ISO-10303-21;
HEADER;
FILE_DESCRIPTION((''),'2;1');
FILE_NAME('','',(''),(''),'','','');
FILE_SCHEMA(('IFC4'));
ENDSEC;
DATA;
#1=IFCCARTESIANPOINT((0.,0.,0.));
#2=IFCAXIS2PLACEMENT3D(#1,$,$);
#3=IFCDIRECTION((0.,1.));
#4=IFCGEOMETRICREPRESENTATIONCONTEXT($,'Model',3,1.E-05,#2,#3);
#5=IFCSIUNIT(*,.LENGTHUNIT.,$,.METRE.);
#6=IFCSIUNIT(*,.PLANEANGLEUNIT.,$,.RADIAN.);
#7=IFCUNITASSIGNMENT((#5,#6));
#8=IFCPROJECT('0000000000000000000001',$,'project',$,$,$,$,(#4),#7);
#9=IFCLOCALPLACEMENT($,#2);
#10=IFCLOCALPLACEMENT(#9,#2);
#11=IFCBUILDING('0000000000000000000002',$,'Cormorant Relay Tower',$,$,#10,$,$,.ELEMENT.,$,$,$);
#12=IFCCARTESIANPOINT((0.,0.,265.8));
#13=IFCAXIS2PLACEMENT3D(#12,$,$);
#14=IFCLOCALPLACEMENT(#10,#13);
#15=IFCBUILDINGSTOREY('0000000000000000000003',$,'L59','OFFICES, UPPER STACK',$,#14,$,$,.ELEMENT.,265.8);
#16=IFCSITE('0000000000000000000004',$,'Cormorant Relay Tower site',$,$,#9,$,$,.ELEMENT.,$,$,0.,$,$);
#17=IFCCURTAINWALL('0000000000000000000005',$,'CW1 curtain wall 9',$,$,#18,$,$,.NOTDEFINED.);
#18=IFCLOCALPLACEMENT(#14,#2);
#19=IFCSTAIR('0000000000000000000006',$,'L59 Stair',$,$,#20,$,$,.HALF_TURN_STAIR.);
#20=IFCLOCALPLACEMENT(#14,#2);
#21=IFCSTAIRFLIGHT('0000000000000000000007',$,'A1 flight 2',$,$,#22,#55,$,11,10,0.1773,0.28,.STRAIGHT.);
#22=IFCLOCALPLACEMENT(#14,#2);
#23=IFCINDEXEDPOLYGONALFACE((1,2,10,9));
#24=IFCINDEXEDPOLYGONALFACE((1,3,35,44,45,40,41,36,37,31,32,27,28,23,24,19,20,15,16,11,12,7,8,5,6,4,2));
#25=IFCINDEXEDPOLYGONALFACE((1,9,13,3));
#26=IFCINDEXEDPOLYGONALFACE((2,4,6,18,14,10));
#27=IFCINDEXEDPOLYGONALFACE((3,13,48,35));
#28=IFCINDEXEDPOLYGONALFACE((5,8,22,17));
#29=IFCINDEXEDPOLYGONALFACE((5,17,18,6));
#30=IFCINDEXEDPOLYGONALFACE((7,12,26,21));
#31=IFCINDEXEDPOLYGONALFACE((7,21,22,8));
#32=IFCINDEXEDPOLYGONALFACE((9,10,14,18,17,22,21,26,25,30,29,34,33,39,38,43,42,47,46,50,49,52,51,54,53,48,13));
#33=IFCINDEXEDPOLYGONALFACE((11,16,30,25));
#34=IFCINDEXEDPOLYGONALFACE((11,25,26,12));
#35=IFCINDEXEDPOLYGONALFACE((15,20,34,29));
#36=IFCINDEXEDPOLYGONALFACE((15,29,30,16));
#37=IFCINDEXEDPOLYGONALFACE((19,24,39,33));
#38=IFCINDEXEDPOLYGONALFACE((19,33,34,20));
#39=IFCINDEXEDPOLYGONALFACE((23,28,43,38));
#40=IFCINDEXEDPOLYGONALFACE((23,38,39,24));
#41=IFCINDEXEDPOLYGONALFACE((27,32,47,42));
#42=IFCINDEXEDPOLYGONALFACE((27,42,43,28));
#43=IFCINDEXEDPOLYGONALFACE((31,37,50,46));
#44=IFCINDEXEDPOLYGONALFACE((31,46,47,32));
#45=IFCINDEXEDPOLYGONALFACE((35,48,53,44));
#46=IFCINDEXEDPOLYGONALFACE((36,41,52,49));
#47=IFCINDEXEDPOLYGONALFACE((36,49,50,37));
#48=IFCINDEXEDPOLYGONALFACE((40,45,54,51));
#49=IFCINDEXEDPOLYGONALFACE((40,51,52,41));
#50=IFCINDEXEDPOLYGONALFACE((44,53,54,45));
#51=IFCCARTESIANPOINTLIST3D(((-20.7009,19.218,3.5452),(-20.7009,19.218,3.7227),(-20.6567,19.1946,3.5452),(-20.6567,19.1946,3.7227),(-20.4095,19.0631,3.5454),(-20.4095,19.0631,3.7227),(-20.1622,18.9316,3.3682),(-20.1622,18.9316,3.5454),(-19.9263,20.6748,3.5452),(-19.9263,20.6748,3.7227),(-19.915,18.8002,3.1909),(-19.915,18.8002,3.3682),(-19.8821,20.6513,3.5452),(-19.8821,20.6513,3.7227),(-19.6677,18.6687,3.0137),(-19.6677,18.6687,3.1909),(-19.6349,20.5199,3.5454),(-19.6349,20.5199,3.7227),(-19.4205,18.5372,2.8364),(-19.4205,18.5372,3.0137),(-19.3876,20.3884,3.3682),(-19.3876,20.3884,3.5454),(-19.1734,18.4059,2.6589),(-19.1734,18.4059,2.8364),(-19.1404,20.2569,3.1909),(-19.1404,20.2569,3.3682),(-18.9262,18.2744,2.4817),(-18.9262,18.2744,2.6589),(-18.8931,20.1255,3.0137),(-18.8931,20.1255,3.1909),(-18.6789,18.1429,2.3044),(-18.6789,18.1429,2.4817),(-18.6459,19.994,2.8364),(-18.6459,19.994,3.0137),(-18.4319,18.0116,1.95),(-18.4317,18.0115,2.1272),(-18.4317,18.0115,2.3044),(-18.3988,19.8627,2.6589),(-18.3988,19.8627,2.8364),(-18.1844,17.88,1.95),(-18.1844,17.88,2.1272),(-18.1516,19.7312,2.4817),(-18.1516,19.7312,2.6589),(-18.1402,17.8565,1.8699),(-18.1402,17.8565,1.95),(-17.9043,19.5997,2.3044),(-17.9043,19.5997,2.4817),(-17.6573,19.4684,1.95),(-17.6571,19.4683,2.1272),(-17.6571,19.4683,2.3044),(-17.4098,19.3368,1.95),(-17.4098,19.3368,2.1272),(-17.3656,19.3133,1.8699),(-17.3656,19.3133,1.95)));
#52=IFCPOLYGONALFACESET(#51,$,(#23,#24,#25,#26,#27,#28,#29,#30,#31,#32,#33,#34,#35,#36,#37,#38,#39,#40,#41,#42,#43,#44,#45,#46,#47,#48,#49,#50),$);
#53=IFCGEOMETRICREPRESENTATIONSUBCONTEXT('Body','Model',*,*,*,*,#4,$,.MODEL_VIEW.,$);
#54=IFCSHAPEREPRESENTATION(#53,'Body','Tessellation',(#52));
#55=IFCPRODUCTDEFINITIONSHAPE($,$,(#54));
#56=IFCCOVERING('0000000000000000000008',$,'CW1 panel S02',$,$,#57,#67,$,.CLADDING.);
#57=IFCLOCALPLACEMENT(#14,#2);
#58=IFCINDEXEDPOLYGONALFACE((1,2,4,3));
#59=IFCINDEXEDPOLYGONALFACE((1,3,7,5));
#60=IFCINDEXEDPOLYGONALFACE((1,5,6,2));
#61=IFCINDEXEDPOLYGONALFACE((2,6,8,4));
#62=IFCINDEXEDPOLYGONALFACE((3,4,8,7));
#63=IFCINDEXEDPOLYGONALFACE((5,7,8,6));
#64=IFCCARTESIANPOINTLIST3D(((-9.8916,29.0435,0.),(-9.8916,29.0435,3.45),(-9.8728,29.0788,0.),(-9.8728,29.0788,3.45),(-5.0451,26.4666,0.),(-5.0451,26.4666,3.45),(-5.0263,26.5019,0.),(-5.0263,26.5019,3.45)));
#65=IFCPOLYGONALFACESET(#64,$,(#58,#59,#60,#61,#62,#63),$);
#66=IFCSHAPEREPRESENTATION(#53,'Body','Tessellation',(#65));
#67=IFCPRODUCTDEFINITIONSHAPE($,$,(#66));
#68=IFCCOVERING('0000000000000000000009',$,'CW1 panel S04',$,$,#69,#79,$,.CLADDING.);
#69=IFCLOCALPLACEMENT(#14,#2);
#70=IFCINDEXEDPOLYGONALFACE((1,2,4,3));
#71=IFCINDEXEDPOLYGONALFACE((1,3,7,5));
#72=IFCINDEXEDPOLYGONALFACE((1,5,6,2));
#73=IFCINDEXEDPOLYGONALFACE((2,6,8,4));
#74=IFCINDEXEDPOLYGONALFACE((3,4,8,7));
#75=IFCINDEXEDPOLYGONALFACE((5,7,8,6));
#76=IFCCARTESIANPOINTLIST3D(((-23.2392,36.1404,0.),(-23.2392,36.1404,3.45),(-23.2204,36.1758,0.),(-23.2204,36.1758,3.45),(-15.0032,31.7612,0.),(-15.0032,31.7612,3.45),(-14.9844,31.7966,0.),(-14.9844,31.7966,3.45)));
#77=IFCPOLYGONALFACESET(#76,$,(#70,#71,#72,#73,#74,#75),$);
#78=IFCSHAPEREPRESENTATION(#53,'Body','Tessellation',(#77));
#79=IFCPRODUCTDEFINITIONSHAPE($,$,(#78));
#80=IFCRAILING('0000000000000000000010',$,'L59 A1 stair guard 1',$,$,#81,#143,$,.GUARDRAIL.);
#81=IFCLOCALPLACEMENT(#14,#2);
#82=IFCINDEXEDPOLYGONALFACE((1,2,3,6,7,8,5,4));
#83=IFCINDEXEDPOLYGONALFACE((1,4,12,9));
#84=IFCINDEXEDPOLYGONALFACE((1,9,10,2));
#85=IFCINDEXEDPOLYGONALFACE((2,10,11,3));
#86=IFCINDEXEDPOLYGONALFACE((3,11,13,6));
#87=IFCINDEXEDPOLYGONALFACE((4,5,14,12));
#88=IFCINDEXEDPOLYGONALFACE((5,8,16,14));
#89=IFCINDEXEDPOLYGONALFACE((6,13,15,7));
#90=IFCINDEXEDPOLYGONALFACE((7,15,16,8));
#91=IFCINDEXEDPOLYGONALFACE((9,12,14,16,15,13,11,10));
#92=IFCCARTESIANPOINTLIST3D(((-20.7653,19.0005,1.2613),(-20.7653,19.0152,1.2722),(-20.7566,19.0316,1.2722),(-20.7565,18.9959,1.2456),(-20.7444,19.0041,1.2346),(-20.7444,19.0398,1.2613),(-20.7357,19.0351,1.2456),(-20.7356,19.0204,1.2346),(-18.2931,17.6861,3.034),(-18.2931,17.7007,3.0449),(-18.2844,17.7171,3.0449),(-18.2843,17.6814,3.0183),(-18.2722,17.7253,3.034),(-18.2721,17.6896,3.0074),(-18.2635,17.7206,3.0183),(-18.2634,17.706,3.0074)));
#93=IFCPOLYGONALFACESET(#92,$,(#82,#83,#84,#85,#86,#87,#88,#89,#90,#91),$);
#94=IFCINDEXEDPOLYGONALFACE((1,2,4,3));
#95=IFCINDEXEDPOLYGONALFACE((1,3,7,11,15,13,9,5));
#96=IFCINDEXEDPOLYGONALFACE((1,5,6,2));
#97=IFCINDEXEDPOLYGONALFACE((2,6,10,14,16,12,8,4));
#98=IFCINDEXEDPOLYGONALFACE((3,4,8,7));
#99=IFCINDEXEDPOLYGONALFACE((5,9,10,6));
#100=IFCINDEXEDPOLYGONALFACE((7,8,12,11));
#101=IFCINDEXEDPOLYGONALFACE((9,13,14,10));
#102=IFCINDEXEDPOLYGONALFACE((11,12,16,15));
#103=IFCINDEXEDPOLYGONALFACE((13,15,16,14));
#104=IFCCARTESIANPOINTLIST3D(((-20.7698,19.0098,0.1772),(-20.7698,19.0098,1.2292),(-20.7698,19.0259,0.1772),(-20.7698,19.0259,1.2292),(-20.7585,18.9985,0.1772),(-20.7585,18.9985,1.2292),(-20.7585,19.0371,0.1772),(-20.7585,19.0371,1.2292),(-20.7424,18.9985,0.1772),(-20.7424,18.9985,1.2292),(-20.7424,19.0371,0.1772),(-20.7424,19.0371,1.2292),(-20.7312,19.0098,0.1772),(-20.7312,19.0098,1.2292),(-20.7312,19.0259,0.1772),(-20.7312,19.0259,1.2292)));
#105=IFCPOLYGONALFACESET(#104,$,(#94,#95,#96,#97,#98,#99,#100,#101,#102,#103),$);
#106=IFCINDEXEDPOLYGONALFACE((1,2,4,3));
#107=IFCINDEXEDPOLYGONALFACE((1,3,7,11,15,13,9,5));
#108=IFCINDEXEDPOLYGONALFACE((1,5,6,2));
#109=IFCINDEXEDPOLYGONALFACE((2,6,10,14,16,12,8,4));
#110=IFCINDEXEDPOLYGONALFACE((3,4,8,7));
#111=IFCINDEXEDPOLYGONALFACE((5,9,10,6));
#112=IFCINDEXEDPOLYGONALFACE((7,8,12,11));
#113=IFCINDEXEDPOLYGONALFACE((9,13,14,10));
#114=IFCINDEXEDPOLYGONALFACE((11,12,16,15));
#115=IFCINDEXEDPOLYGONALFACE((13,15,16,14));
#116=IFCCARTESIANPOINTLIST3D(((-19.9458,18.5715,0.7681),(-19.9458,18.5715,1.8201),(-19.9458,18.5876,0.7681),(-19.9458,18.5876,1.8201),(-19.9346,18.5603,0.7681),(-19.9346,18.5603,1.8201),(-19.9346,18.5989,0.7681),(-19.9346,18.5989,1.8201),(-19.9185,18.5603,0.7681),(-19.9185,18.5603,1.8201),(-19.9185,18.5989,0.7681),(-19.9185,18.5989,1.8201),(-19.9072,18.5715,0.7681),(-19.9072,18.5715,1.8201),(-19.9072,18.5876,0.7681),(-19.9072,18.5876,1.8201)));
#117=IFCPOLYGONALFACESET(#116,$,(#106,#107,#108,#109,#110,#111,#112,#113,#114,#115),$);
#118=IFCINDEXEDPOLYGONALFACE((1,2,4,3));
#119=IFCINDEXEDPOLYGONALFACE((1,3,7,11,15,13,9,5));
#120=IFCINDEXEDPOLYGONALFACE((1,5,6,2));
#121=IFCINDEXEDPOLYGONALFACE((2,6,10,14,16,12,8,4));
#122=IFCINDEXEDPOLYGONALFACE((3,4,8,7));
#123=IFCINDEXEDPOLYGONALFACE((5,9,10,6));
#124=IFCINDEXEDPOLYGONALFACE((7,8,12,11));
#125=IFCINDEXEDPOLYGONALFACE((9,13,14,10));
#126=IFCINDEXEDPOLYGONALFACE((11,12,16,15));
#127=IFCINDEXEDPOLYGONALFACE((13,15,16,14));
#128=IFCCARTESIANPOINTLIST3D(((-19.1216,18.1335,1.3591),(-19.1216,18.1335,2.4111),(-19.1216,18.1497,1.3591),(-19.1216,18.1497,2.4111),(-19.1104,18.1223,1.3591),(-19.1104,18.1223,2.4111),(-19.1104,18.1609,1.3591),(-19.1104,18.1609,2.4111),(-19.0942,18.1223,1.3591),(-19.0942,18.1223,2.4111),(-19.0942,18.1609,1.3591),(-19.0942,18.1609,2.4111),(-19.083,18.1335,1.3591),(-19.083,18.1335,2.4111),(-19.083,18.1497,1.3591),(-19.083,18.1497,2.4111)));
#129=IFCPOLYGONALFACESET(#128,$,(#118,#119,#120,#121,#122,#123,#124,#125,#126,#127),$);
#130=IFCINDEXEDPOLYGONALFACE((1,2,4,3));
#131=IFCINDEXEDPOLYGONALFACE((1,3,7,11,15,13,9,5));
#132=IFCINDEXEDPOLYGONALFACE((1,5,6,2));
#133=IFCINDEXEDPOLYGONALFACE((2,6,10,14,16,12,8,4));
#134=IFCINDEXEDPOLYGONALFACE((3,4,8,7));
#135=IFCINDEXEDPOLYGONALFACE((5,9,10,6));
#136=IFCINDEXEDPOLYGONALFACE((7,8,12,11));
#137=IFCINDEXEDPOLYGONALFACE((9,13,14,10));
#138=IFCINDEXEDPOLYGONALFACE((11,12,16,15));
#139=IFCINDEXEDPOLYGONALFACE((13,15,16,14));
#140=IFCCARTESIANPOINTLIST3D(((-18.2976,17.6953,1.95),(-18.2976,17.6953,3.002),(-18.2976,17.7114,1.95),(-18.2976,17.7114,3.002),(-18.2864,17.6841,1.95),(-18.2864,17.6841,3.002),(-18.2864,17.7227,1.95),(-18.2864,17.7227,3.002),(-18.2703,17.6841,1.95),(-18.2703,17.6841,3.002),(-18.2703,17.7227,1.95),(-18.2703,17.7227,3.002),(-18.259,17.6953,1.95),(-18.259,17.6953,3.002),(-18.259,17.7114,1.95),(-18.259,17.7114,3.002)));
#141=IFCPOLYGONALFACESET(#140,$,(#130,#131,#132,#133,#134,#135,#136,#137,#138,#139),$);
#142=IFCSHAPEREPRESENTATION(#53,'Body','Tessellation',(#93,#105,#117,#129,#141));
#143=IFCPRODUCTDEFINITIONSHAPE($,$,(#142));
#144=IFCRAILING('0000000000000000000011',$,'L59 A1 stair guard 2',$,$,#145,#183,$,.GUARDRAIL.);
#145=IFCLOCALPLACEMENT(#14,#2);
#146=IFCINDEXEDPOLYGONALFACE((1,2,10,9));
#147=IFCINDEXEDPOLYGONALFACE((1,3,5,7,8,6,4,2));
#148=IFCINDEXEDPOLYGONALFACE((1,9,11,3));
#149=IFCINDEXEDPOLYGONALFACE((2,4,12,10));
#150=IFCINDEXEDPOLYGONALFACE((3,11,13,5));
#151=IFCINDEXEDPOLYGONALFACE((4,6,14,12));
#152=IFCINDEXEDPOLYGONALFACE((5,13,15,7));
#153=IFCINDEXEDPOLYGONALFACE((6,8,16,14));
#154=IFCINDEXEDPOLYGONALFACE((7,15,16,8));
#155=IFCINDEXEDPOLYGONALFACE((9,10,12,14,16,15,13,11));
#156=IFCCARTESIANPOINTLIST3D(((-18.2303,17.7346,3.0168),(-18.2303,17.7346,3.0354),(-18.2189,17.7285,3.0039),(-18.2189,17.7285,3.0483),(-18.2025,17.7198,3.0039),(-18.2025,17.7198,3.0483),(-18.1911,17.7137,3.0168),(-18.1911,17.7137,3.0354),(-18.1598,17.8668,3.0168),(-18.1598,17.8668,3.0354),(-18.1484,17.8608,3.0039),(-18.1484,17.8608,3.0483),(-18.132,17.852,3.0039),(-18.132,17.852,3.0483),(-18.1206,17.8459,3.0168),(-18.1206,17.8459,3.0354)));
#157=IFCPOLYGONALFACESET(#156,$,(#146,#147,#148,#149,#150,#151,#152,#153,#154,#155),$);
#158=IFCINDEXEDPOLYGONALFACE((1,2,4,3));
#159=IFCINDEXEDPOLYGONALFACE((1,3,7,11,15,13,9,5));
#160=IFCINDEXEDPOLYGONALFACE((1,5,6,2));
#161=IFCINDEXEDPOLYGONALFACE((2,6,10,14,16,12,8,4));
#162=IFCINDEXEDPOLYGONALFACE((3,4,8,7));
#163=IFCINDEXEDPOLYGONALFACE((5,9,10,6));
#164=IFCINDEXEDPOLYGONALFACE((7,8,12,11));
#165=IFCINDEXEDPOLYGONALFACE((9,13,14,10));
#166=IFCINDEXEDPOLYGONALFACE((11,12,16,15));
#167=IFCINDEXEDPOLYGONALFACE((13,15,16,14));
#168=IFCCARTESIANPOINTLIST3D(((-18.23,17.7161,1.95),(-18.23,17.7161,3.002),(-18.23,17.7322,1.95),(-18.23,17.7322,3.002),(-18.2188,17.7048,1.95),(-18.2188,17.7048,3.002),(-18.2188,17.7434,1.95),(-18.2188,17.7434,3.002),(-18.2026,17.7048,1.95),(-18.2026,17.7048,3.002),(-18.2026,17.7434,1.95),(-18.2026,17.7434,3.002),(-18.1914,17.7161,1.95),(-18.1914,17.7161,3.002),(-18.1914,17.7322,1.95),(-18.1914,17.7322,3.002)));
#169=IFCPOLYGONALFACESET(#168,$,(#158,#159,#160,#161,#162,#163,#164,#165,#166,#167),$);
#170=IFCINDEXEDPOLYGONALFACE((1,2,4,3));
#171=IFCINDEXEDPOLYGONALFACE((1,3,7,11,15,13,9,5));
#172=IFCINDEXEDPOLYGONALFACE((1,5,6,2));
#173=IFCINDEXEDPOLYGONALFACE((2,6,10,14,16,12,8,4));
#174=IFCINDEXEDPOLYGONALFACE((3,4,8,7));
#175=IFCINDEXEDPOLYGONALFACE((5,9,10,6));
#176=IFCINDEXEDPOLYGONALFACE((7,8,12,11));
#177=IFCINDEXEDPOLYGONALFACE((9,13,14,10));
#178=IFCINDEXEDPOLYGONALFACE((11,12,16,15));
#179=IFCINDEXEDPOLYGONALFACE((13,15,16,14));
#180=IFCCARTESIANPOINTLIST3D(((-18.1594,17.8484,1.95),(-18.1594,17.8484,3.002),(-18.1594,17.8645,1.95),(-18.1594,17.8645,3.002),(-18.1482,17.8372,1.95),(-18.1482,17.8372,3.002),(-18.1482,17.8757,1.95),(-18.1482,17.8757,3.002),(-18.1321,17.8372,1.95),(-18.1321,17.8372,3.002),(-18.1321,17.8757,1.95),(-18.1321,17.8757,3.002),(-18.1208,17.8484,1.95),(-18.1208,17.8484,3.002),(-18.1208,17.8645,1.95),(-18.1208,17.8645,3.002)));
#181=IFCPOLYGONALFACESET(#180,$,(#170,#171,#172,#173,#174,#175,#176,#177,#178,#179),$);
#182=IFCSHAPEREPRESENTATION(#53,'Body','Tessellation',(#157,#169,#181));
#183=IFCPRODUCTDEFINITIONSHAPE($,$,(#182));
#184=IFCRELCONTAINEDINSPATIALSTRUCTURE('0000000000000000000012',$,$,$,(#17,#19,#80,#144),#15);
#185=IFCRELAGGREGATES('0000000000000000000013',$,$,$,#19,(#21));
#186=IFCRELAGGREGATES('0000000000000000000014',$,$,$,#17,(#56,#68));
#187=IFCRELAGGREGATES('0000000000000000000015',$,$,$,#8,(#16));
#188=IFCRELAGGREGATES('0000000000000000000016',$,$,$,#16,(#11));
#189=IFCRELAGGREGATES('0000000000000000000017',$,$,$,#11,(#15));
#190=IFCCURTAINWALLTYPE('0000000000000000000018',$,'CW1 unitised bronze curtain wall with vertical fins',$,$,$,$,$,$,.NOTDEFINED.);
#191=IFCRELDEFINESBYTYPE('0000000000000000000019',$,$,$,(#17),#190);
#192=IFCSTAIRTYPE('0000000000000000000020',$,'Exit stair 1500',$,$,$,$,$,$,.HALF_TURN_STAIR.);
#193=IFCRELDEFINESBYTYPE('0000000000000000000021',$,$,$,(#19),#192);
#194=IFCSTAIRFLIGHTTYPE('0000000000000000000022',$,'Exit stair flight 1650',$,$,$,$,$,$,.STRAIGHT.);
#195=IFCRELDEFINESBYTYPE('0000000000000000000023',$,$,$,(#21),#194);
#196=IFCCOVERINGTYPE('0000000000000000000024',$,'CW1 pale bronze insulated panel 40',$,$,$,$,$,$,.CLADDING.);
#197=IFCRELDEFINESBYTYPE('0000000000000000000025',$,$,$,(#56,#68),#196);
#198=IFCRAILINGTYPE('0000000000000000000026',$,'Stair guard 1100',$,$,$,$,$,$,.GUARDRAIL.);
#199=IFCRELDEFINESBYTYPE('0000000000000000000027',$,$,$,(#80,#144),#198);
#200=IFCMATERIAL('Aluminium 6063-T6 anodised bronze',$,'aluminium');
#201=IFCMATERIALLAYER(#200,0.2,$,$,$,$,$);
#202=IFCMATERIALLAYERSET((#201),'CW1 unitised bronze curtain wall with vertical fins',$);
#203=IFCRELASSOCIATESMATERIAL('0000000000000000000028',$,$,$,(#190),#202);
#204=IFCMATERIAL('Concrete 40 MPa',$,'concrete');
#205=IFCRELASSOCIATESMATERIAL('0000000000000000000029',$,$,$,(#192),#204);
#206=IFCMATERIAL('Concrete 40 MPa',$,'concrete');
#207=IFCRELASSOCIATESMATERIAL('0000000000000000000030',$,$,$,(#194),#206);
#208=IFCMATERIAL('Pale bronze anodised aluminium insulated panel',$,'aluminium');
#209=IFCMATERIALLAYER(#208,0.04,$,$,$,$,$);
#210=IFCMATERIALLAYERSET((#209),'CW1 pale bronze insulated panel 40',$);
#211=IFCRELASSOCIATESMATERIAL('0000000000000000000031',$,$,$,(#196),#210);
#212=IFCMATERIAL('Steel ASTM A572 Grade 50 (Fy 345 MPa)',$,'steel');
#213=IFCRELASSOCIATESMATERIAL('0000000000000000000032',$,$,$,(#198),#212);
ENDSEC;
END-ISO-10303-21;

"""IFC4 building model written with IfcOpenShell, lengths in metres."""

from ifc_helpers import new_model, si_unit, direction, frame, origin, origin_2d, place, context, subcontext, project, spatial, polyline, rectangle, outline, extrude, material, layer, layer_set, type_object, element, aggregate, save


model = new_model("IFC4")

# Units and contexts
model_context = context("Model", 3, precision=1e-05, world=origin(), true_north=direction((0.0, 1.0)))
body_context = subcontext(model_context, "Body", "Model", "MODEL_VIEW")
ifc_project = project(units=[si_unit("LENGTHUNIT", "METRE"), si_unit("PLANEANGLEUNIT", "RADIAN")], contexts=[model_context])

# Site, building, storey
site_placement = place(None, origin())
site = spatial("IfcSite", under=ifc_project, at=site_placement, Name="Cormorant Relay Tower site", CompositionType="ELEMENT", RefElevation=0.0)
building_placement = place(site_placement, origin())
building = spatial("IfcBuilding", under=site, at=building_placement, Name="Cormorant Relay Tower", CompositionType="ELEMENT")
storey_placement = place(building_placement, frame((0.0, 0.0, 265.8)))
storey = spatial("IfcBuildingStorey", under=building, at=storey_placement, Name="L59", Description="OFFICES, UPPER STACK", CompositionType="ELEMENT", Elevation=265.8)

# Curtain wall
ifc_material_1 = material(Name="Aluminium 6063-T6 anodised bronze", Category="aluminium")
ifc_layer_1 = layer(ifc_material_1, 0.2)
ifc_layer_set_1 = layer_set([ifc_layer_1], Name="CW1 unitised bronze curtain wall with vertical fins")
curtain_wall_type = type_object("IfcCurtainWallType", Name="CW1 unitised bronze curtain wall with vertical fins", PredefinedType="NOTDEFINED", material=ifc_layer_set_1)
curtain_wall_placement = place(storey_placement, origin())
curtain_wall = element("IfcCurtainWall", 1, at=curtain_wall_placement, inside=storey, type_object=curtain_wall_type, Name="CW1 curtain wall 9", PredefinedType="NOTDEFINED")

# Stair, stair flight
ifc_material_2 = material(Name="Concrete 40 MPa", Category="concrete")
stair_type = type_object("IfcStairType", Name="Exit stair 1500", PredefinedType="HALF_TURN_STAIR", material=ifc_material_2)
stair_placement = place(storey_placement, origin())
stair = element("IfcStair", 2, at=stair_placement, inside=storey, type_object=stair_type, Name="L59 Stair", PredefinedType="HALF_TURN_STAIR")
ifc_material_3 = material(Name="Concrete 40 MPa", Category="concrete")
stair_flight_type = type_object("IfcStairFlightType", Name="Exit stair flight 1650", PredefinedType="STRAIGHT", material=ifc_material_3)
stair_flight_1_placement = place(storey_placement, frame((-17.7971, 18.6084, 1.95), z_axis=(0.0, 0.0, 1.0), x_axis=(-0.882948, 0.469472, 0.0)))
stair_flight_1 = element("IfcStairFlight", 3, at=stair_flight_1_placement, type_object=stair_flight_type, Name="A1 flight 2", NumberOfRisers=11, NumberOfTreads=10, PredefinedType="STRAIGHT", RiserHeight=0.1773, TreadLength=0.28, context=body_context, shape_type="SweptSolid", body=[
    extrude(outline(polyline([(-0.05, -0.0801), (-0.05, 0.0), (0.0, 0.0), (0.0, 0.1772), (0.28, 0.1772), (0.28, 0.3545), (0.5601, 0.3545), (0.5601, 0.5317), (0.8401, 0.5317), (0.8401, 0.709), (1.1201, 0.709), (1.1201, 0.8865), (1.3999, 0.8865), (1.3999, 1.0637), (1.6799, 1.0637), (1.6799, 1.241), (1.96, 1.241), (1.96, 1.4182), (2.24, 1.4182), (2.24, 1.5955), (2.52, 1.5955), (2.52, 1.7727), (2.8, 1.7727), (2.8501, 1.7727), (2.8501, 1.5952), (2.8, 1.5952), (0.2803, 0.0), (-0.05, -0.0801)])), frame((0.0, 0.825, 0.0), z_axis=(0.0, -1.0, 0.0), x_axis=(1.0, 0.0, 0.0)), (0.0, 0.0, 1.0), 1.6499),
])
aggregate(stair, [stair_flight_1])

# Coverings
ifc_material_4 = material(Name="Pale bronze anodised aluminium insulated panel", Category="aluminium")
ifc_layer_2 = layer(ifc_material_4, 0.04)
ifc_layer_set_2 = layer_set([ifc_layer_2], Name="CW1 pale bronze insulated panel 40")
covering_type = type_object("IfcCoveringType", Name="CW1 pale bronze insulated panel 40", PredefinedType="CLADDING", material=ifc_layer_set_2)
covering_1_placement = place(storey_placement, frame((-7.459, 27.7727, 0.0), z_axis=(0.0, 0.0, 1.0), x_axis=(-0.882948, 0.469472, 0.0)))
covering_1 = element("IfcCovering", 4, at=covering_1_placement, type_object=covering_type, Name="CW1 panel S02", PredefinedType="CLADDING", context=body_context, shape_type="SweptSolid", body=[
    extrude(rectangle(XDim=5.489, YDim=0.04, at=origin_2d()), origin(), (0.0, 0.0, 1.0), 3.45),
])
covering_2_placement = place(storey_placement, frame((-19.1118, 33.9685, 0.0), z_axis=(0.0, 0.0, 1.0), x_axis=(-0.882948, 0.469472, 0.0)))
covering_2 = element("IfcCovering", 5, at=covering_2_placement, type_object=covering_type, Name="CW1 panel S04", PredefinedType="CLADDING", context=body_context, shape_type="SweptSolid", body=[
    extrude(rectangle(XDim=9.3279, YDim=0.04, at=origin_2d()), origin(), (0.0, 0.0, 1.0), 3.45),
])
aggregate(curtain_wall, [covering_1, covering_2])

# Railings
ifc_material_5 = material(Name="Steel ASTM A572 Grade 50 (Fy 345 MPa)", Category="steel")
railing_type_1 = type_object("IfcRailingType", Name="Stair guard 1100", PredefinedType="GUARDRAIL", material=ifc_material_5)
railing_1_placement = place(storey_placement, frame((-20.7505, 19.0178, 0.1772)))
element("IfcRailing", 6, at=railing_1_placement, inside=storey, type_object=railing_type_1, Name="L59 A1 stair guard 1", PredefinedType="GUARDRAIL", context=body_context, shape_type="SweptSolid", body=[
    extrude(outline(polyline([(0.0222, 0.0093), (0.0093, 0.0222), (-0.0093, 0.0222), (-0.0222, 0.0093), (-0.0222, -0.0093), (-0.0093, -0.0222), (0.0093, -0.0222), (0.0222, -0.0093), (0.0222, 0.0093)])), frame((0.0, 0.0, 1.0762), z_axis=(0.746001, -0.396649, 0.534931), x_axis=(0.469465, 0.882951, 0.0)), (0.0, 0.0, 1.0), 3.314),
    extrude(outline(polyline([(0.0193, 0.0081), (0.0081, 0.0193), (-0.0081, 0.0193), (-0.0193, 0.0081), (-0.0193, -0.0081), (-0.0081, -0.0193), (0.0081, -0.0193), (0.0193, -0.0081), (0.0193, 0.0081)])), origin(), (0.0, 0.0, 1.0), 1.052),
    extrude(outline(polyline([(0.0193, 0.0081), (0.0081, 0.0193), (-0.0081, 0.0193), (-0.0193, 0.0081), (-0.0193, -0.0081), (-0.0081, -0.0193), (0.0081, -0.0193), (0.0193, -0.0081), (0.0193, 0.0081)])), frame((0.824, -0.4382, 0.5908)), (0.0, 0.0, 1.0), 1.052),
    extrude(outline(polyline([(0.0193, 0.0081), (0.0081, 0.0193), (-0.0081, 0.0193), (-0.0193, 0.0081), (-0.0193, -0.0081), (-0.0081, -0.0193), (0.0081, -0.0193), (0.0193, -0.0081), (0.0193, 0.0081)])), frame((1.6482, -0.8762, 1.1819)), (0.0, 0.0, 1.0), 1.052),
    extrude(outline(polyline([(0.0193, 0.0081), (0.0081, 0.0193), (-0.0081, 0.0193), (-0.0193, 0.0081), (-0.0193, -0.0081), (-0.0081, -0.0193), (0.0081, -0.0193), (0.0193, -0.0081), (0.0193, 0.0081)])), frame((2.4722, -1.3145, 1.7727)), (0.0, 0.0, 1.0), 1.052),
])
railing_2_placement = place(storey_placement, frame((-18.2107, 17.7241, 1.95)))
element("IfcRailing", 7, at=railing_2_placement, inside=storey, type_object=railing_type_1, Name="L59 A1 stair guard 2", PredefinedType="GUARDRAIL", context=body_context, shape_type="SweptSolid", body=[
    extrude(outline(polyline([(0.0222, 0.0093), (0.0093, 0.0222), (-0.0093, 0.0222), (-0.0222, 0.0093), (-0.0222, -0.0093), (-0.0093, -0.0222), (0.0093, -0.0222), (0.0222, -0.0093), (0.0222, 0.0093)])), frame((0.0, 0.0, 1.0762), z_axis=(0.470504, 0.882398, 0.0), x_axis=(-0.882398, 0.470504, 0.0)), (0.0, 0.0, 1.0), 0.1499),
    extrude(outline(polyline([(0.0193, 0.0081), (0.0081, 0.0193), (-0.0081, 0.0193), (-0.0193, 0.0081), (-0.0193, -0.0081), (-0.0081, -0.0193), (0.0081, -0.0193), (0.0193, -0.0081), (0.0193, 0.0081)])), origin(), (0.0, 0.0, 1.0), 1.052),
    extrude(outline(polyline([(0.0193, 0.0081), (0.0081, 0.0193), (-0.0081, 0.0193), (-0.0193, 0.0081), (-0.0193, -0.0081), (-0.0081, -0.0193), (0.0081, -0.0193), (0.0193, -0.0081), (0.0193, 0.0081)])), frame((0.0706, 0.1323, 0.0)), (0.0, 0.0, 1.0), 1.052),
])

save(model, "model.ifc")
